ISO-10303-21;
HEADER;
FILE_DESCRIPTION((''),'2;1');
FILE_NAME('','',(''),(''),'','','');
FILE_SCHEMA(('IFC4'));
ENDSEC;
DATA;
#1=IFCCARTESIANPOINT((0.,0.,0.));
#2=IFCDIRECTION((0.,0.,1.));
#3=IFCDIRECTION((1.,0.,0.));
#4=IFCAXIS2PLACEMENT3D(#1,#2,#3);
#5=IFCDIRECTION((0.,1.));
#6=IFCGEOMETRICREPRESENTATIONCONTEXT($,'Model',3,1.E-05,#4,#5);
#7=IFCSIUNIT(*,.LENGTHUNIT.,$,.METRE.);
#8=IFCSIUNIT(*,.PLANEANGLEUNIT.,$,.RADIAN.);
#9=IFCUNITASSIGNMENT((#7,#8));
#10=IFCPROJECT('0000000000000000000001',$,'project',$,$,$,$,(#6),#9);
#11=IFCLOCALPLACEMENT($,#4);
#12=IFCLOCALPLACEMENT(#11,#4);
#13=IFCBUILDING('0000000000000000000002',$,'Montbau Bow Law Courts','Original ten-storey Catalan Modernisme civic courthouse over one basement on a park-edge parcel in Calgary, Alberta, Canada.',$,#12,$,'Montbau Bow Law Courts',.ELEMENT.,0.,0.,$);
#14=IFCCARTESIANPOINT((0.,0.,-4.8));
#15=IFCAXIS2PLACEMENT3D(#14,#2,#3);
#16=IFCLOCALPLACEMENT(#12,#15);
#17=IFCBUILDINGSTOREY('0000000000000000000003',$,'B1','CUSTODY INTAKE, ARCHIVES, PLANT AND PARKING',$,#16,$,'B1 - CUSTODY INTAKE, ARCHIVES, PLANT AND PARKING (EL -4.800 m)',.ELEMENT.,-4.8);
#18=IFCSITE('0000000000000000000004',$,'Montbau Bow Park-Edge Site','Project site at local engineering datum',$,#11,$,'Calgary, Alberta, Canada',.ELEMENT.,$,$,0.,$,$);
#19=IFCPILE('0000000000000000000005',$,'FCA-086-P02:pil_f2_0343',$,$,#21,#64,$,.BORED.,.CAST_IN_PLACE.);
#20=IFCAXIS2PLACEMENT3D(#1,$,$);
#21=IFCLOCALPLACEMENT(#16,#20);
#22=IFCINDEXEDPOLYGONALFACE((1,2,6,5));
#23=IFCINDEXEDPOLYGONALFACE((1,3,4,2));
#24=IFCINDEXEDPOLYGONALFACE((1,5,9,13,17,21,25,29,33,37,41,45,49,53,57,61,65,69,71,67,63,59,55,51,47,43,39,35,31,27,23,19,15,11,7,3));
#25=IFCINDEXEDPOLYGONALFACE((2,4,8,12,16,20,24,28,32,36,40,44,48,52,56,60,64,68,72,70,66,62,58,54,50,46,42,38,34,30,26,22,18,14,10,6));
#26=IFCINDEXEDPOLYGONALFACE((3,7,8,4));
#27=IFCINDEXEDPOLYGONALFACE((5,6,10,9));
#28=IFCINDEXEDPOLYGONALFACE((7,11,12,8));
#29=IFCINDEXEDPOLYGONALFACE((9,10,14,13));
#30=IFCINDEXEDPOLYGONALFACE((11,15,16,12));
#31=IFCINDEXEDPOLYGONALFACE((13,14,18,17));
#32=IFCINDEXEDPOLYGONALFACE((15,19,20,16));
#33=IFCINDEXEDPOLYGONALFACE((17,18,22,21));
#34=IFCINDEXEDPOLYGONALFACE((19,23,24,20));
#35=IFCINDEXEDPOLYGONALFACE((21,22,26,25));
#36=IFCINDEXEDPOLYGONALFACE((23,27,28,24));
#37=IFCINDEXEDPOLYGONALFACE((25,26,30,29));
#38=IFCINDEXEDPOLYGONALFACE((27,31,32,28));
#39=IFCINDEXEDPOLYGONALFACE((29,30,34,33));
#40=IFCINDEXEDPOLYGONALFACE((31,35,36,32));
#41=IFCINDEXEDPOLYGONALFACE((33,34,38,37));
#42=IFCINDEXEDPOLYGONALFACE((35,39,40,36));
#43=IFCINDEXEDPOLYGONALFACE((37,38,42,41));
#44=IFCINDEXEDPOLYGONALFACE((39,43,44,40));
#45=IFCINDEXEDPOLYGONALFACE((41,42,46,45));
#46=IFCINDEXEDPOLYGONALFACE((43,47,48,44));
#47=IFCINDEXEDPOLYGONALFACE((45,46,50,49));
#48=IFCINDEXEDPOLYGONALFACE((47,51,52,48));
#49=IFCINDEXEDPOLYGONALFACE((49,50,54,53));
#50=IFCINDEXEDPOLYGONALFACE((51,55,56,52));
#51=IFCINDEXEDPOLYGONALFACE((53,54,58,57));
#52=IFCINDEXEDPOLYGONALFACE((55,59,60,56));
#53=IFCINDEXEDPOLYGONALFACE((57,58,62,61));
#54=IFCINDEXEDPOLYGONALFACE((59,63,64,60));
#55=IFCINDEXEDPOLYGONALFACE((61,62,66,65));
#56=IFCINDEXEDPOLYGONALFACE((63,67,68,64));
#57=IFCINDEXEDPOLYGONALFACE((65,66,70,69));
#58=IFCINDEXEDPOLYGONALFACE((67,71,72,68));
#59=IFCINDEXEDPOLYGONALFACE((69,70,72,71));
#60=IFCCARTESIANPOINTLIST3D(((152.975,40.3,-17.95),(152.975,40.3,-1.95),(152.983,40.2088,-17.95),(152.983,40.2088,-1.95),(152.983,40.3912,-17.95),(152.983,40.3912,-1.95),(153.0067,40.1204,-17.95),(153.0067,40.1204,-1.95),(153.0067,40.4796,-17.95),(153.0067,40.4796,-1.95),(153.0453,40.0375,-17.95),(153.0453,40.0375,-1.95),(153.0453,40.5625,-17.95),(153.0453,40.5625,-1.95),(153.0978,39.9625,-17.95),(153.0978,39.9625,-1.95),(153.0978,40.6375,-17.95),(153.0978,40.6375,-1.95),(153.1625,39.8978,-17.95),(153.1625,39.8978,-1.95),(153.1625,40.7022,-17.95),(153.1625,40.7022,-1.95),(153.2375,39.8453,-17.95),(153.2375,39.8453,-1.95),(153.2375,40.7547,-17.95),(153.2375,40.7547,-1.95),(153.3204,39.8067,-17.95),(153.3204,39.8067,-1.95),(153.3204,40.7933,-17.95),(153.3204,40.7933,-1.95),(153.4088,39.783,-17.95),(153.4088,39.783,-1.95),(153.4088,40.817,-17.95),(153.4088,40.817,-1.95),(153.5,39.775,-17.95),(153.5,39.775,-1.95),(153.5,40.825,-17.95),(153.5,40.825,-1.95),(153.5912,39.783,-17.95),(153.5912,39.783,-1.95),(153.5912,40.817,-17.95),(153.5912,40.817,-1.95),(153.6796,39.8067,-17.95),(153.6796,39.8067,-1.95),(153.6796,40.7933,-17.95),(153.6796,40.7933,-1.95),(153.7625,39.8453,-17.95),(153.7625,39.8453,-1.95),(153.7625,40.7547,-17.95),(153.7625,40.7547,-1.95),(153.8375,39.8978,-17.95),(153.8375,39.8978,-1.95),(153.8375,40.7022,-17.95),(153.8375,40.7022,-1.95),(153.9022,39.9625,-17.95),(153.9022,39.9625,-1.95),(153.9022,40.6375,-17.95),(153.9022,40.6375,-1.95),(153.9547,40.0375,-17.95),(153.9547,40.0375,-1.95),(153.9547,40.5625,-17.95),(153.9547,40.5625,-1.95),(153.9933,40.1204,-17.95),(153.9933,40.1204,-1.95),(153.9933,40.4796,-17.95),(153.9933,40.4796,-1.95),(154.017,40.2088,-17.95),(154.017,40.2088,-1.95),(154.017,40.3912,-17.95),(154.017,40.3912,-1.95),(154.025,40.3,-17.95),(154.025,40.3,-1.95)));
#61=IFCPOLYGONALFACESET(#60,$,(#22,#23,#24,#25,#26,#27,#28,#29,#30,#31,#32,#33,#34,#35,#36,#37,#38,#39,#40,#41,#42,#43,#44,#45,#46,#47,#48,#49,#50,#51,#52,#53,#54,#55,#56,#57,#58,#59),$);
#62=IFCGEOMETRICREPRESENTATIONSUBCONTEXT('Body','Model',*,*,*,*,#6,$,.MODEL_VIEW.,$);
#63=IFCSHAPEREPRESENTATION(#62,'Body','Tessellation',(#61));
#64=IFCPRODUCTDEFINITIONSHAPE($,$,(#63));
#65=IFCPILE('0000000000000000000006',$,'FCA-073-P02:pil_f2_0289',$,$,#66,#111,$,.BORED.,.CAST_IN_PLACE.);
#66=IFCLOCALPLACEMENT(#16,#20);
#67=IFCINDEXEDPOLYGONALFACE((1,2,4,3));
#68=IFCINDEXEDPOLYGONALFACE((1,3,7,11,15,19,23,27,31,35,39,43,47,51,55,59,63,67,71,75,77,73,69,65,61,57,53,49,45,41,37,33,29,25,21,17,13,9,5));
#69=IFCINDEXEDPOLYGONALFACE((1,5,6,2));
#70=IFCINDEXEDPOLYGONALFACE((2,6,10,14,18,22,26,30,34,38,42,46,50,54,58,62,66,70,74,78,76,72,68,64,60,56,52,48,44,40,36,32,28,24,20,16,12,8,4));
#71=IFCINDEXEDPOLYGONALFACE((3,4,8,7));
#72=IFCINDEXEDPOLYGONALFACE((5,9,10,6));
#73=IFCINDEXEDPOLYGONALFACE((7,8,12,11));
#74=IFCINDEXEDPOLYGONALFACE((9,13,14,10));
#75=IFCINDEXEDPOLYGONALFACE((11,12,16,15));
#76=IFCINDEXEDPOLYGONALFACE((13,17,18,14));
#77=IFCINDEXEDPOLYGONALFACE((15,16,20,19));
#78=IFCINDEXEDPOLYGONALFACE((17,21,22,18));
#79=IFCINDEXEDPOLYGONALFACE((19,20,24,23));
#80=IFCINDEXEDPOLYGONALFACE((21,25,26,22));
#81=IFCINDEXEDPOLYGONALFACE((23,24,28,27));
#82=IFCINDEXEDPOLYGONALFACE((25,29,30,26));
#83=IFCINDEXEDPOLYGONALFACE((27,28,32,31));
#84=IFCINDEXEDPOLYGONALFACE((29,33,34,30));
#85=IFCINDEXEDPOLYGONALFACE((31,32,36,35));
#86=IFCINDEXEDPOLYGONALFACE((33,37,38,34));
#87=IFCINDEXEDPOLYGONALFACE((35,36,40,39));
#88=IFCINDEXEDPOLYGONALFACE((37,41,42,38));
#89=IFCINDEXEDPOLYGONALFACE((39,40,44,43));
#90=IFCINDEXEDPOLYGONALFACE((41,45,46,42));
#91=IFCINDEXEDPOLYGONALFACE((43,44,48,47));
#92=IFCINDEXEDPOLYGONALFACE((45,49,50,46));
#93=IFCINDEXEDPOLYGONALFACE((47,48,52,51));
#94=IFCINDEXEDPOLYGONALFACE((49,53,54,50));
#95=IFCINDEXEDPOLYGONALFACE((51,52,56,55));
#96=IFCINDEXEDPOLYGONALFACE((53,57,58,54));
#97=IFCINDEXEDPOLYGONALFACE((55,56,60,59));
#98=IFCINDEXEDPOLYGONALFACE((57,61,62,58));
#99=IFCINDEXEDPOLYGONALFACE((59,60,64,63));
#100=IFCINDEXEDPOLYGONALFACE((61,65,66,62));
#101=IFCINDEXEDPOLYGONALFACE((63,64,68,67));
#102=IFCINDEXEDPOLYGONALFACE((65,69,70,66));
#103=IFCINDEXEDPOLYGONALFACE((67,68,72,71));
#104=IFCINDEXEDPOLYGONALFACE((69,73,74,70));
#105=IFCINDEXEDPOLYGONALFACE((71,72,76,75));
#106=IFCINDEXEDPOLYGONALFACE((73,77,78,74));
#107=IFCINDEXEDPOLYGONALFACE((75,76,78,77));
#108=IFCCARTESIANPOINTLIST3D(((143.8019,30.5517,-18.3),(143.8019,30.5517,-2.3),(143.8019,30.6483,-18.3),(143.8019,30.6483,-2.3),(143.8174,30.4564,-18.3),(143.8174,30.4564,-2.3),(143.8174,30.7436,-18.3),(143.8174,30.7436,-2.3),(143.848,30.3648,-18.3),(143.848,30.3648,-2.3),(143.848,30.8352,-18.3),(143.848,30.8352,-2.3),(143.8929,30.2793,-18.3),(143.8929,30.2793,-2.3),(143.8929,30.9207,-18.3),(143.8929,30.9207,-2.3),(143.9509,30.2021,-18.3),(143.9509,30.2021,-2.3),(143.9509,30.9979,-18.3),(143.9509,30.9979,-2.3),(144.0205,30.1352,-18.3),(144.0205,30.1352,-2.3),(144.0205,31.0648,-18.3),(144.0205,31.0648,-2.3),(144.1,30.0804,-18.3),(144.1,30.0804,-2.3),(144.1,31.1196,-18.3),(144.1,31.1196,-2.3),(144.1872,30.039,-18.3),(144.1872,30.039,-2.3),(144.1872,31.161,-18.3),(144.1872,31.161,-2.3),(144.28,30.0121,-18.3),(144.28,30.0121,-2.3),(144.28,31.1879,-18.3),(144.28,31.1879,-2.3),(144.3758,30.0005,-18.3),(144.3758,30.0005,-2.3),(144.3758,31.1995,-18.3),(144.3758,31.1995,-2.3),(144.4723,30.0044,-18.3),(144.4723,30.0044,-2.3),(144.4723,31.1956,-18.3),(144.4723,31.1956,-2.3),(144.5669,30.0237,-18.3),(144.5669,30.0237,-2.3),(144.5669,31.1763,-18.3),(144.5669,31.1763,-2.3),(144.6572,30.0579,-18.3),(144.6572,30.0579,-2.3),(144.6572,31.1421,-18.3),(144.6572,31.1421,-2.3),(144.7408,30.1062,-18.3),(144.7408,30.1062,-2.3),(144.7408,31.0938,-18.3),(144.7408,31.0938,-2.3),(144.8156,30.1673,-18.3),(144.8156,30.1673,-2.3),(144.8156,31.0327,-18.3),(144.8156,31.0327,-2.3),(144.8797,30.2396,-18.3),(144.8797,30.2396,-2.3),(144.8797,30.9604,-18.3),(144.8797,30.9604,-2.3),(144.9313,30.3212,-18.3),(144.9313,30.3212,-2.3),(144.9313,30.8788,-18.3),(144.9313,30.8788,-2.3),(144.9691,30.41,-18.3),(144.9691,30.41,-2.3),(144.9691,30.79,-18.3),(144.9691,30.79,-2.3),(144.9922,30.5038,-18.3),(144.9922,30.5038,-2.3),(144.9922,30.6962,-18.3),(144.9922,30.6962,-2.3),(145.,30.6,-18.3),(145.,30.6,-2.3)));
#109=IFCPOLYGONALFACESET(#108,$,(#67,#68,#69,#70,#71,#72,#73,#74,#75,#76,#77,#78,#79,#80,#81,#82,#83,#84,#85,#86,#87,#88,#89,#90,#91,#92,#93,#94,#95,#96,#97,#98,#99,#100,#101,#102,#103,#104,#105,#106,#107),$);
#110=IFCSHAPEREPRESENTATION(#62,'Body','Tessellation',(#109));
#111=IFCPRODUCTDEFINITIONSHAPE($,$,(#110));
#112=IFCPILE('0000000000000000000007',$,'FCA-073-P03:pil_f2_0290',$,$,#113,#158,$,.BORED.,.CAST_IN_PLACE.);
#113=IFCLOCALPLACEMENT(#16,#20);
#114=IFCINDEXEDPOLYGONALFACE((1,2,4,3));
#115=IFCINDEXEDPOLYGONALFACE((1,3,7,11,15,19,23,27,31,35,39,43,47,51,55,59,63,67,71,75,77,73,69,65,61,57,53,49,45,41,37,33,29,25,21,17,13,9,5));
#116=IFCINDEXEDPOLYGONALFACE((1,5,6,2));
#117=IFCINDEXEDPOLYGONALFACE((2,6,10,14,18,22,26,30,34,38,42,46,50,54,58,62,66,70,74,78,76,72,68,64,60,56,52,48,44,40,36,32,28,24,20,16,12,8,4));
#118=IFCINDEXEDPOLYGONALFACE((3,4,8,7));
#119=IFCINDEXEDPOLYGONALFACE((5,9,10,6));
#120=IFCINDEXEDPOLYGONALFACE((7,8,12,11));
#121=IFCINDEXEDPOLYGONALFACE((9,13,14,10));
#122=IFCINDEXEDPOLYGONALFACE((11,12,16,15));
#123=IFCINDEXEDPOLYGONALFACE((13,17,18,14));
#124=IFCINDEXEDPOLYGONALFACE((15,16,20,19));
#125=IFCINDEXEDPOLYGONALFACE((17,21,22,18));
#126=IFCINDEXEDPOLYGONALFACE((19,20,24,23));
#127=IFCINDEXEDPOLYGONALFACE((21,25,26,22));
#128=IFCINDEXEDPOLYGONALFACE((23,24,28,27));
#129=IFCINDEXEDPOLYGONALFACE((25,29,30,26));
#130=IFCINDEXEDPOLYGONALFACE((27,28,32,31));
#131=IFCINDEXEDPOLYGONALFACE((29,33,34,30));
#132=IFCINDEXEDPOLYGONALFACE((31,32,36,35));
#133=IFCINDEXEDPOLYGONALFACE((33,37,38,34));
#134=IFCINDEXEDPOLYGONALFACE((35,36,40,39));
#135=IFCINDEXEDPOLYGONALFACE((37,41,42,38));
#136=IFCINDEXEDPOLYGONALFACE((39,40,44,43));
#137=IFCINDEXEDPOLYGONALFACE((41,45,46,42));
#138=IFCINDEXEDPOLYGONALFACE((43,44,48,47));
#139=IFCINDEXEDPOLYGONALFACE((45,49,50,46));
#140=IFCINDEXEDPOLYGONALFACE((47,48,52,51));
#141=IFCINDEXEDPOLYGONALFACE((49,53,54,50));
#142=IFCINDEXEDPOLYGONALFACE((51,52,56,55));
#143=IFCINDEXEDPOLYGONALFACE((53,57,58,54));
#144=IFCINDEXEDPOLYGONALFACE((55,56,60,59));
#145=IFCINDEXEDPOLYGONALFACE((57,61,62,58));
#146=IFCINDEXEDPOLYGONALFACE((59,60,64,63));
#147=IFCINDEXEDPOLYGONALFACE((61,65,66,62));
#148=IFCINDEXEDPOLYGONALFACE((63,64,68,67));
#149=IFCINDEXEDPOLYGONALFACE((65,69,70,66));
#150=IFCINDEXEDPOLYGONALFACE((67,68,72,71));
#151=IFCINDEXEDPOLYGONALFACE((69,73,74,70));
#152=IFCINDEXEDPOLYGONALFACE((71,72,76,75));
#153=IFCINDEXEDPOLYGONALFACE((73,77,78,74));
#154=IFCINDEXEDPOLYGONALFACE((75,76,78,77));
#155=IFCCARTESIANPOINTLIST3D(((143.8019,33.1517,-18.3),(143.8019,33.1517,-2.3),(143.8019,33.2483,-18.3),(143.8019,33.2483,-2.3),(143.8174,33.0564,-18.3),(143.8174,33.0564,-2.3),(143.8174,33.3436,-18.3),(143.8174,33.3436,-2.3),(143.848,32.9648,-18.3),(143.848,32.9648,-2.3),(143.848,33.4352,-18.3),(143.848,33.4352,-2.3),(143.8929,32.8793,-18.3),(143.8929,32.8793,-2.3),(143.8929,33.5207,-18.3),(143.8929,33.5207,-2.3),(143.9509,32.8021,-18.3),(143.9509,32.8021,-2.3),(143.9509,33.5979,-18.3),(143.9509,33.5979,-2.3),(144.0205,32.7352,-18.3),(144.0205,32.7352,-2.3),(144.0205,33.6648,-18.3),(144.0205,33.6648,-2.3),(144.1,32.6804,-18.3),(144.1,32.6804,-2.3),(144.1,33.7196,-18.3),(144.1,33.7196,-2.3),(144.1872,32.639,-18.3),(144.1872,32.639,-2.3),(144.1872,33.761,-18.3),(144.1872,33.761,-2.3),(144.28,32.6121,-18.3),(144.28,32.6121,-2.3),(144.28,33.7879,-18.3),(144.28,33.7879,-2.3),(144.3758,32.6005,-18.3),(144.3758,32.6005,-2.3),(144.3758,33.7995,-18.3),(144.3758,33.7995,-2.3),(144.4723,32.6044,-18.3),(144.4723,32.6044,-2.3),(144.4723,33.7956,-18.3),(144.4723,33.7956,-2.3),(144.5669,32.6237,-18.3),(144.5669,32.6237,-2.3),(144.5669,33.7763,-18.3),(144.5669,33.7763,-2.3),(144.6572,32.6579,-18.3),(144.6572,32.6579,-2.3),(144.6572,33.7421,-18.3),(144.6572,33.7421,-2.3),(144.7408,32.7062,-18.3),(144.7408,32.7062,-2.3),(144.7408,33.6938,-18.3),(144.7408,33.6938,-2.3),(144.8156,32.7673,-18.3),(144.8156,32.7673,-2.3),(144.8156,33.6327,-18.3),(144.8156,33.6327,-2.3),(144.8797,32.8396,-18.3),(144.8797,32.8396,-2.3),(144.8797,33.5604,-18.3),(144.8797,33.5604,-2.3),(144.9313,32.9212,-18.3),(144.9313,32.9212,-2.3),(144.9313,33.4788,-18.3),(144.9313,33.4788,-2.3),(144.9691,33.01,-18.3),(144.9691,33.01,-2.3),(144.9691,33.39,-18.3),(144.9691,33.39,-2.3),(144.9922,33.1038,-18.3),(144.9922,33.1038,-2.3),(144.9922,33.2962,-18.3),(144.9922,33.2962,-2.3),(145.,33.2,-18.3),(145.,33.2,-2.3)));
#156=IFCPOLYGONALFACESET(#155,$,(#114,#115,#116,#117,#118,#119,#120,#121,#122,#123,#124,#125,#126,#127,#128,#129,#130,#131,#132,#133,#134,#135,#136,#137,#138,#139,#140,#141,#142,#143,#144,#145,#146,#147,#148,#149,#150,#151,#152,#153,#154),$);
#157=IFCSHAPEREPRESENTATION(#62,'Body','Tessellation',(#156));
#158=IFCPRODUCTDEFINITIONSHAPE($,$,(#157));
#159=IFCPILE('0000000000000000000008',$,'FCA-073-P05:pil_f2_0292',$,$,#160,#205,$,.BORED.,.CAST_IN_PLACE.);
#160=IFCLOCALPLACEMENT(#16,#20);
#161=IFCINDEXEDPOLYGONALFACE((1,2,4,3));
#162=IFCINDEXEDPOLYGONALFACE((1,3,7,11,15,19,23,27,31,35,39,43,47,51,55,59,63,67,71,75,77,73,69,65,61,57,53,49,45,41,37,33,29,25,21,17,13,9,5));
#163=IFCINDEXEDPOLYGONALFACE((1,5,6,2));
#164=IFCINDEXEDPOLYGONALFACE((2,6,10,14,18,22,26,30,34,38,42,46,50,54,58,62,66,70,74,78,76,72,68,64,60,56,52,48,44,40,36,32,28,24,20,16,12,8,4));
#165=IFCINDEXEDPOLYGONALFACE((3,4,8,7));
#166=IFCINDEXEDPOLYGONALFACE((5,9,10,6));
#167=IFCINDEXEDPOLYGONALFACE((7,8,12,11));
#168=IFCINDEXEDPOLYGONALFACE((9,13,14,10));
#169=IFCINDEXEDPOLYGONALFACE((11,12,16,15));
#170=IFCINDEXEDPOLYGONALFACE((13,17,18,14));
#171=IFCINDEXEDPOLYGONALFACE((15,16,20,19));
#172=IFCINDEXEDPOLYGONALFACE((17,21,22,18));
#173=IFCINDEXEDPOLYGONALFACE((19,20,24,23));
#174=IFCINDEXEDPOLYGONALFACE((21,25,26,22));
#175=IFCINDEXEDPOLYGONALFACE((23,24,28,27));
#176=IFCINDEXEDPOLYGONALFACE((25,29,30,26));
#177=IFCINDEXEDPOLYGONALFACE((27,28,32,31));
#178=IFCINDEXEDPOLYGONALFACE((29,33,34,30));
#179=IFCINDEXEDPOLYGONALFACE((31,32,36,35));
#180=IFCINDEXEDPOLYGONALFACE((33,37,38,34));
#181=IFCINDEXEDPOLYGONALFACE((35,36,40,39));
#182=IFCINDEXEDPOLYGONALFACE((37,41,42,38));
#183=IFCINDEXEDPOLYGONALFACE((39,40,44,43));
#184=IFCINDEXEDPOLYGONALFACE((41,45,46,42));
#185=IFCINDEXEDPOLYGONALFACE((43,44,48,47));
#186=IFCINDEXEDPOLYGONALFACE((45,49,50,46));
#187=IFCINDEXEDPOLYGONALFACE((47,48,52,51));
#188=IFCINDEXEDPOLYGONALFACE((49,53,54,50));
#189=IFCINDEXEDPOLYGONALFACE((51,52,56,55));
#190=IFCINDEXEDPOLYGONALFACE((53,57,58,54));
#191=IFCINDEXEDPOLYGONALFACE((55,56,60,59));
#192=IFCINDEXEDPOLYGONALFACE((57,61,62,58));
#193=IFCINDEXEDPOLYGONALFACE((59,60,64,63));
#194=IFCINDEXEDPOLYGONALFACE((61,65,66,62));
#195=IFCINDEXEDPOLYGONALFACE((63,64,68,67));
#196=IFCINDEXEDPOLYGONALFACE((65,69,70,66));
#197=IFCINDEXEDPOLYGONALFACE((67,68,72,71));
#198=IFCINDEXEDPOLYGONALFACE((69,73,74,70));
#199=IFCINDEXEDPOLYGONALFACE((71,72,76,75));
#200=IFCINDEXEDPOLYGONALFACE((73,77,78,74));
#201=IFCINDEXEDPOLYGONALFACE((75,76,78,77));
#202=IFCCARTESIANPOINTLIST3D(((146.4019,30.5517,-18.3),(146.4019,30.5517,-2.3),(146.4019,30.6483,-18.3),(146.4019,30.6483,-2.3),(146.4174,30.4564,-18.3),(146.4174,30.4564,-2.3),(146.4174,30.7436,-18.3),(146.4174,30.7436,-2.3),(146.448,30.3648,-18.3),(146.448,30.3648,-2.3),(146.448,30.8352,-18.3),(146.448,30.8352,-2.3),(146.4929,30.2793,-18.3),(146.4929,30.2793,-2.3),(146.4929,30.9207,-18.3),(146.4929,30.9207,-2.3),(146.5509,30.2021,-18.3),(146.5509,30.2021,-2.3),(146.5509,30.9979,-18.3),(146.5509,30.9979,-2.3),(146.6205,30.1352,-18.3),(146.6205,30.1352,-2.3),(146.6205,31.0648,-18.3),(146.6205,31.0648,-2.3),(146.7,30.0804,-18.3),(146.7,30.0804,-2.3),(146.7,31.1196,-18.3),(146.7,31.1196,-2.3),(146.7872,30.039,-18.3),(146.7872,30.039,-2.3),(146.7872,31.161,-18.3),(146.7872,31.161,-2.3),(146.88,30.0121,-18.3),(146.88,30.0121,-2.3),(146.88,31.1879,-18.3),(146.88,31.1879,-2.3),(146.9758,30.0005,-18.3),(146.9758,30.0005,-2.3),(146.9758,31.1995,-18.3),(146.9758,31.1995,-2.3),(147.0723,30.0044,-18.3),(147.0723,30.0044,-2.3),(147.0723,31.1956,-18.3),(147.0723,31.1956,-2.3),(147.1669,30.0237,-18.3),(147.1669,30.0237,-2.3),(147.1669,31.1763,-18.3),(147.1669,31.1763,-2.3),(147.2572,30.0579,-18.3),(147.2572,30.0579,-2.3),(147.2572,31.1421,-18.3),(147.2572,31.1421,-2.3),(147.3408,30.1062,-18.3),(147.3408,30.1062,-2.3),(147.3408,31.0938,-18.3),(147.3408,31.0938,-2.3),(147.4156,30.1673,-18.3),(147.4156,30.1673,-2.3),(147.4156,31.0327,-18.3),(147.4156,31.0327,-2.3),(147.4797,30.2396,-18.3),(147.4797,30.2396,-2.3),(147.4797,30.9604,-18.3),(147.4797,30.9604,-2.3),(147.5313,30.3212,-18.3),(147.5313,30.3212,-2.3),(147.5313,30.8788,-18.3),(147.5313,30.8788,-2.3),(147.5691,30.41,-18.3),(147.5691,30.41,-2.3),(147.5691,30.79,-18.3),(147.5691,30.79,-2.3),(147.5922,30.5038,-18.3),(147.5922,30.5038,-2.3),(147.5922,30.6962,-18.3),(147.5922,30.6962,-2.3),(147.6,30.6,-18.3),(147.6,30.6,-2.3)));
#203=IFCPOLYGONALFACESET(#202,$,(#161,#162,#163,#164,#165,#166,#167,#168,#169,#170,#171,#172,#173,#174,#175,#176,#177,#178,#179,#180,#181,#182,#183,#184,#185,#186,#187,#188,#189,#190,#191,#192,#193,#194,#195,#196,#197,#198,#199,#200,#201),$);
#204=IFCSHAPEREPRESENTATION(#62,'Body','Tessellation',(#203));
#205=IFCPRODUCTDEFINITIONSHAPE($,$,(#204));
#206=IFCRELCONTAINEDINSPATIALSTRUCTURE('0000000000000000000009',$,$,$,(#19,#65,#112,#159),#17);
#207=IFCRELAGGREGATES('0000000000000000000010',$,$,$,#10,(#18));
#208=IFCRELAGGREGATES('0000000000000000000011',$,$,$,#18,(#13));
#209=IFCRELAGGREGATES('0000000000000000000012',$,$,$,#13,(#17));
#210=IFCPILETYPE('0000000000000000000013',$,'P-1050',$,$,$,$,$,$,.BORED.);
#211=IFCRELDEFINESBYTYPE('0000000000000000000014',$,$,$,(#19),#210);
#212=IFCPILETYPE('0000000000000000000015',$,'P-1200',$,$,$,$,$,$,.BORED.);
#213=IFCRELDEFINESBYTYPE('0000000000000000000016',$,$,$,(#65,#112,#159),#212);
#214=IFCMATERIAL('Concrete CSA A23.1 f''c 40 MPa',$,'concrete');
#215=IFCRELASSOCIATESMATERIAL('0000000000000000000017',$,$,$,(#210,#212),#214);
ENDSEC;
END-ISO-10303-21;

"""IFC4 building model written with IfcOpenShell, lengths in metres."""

from ifc_helpers import new_model, si_unit, direction, frame, origin_with_axes, origin_2d_with_axis, place, context, subcontext, project, spatial, circle, extrude, material, material_profile, profile_set, type_object, element, save


model = new_model("IFC4")

# Units and contexts
model_context = context("Model", 3, precision=1e-05, world=origin_with_axes(), true_north=direction((0.0, 1.0)))
body_context = subcontext(model_context, "Body", "Model", "MODEL_VIEW")
ifc_project = project(units=[si_unit("LENGTHUNIT", "METRE"), si_unit("PLANEANGLEUNIT", "RADIAN")], contexts=[model_context])

# Site, building, storey
site_placement = place(None, origin_with_axes())
site = spatial("IfcSite", under=ifc_project, at=site_placement, Name="Montbau Bow Park-Edge Site", Description="Project site at local engineering datum", LongName="Calgary, Alberta, Canada", CompositionType="ELEMENT", RefElevation=0.0)
building_placement = place(site_placement, origin_with_axes())
building = spatial("IfcBuilding", under=site, at=building_placement, Name="Montbau Bow Law Courts", Description="Original ten-storey Catalan Modernisme civic courthouse over one basement on a park-edge parcel in Calgary, Alberta, Canada.", LongName="Montbau Bow Law Courts", CompositionType="ELEMENT", ElevationOfRefHeight=0.0, ElevationOfTerrain=0.0)
storey_placement = place(building_placement, frame((0.0, 0.0, -4.8), z_axis=(0.0, 0.0, 1.0), x_axis=(1.0, 0.0, 0.0)))
storey = spatial("IfcBuildingStorey", under=building, at=storey_placement, Name="B1", Description="CUSTODY INTAKE, ARCHIVES, PLANT AND PARKING", LongName="B1 - CUSTODY INTAKE, ARCHIVES, PLANT AND PARKING (EL -4.800 m)", CompositionType="ELEMENT", Elevation=-4.8)

# Piles
ifc_material_1 = material(Name="Concrete CSA A23.1 f'c 40 MPa", Category="concrete")
ifc_material_profile_1 = material_profile(ifc_material_1, circle(Radius=0.525, at=origin_2d_with_axis()), Name="BP1050", Category="Main", Priority=0)
ifc_profile_set_1 = profile_set([ifc_material_profile_1], Name="Concrete CSA A23.1 f'c 40 MPa")
pile_type_1 = type_object("IfcPileType", Name="P-1050", PredefinedType="BORED", material=ifc_profile_set_1)
for number, where, z_axis, x_axis, name in (
    (1, (153.5, 40.3, -22.75), (0.0, 0.0, 1.0), (1.0, 0.0, 0.0), "FCA-086-P02:pil_f2_0343"),
):
    element("IfcPile", number, at=place(None, frame(where, z_axis=z_axis, x_axis=x_axis)), inside=storey, type_object=pile_type_1, Name=name, ConstructionType="CAST_IN_PLACE", PredefinedType="BORED", context=body_context, shape_type="SweptSolid", body=[
        extrude(circle(Radius=0.525, at=origin_2d_with_axis()), origin_with_axes(), (0.0, 0.0, 1.0), 16.0),
    ])
ifc_material_profile_2 = material_profile(ifc_material_1, circle(Radius=0.6, at=origin_2d_with_axis()), Name="BP1200", Category="Main", Priority=0)
ifc_profile_set_2 = profile_set([ifc_material_profile_2], Name="Concrete CSA A23.1 f'c 40 MPa")
pile_type_2 = type_object("IfcPileType", Name="P-1200", PredefinedType="BORED", material=ifc_profile_set_2)
for number, where, z_axis, x_axis, name in (
    (2, (144.4, 30.6, -23.1), (0.0, 0.0, 1.0), (1.0, 0.0, 0.0), "FCA-073-P02:pil_f2_0289"),
    (3, (144.4, 33.2, -23.1), (0.0, 0.0, 1.0), (1.0, 0.0, 0.0), "FCA-073-P03:pil_f2_0290"),
    (4, (147.0, 30.6, -23.1), (0.0, 0.0, 1.0), (1.0, 0.0, 0.0), "FCA-073-P05:pil_f2_0292"),
):
    element("IfcPile", number, at=place(None, frame(where, z_axis=z_axis, x_axis=x_axis)), inside=storey, type_object=pile_type_2, Name=name, ConstructionType="CAST_IN_PLACE", PredefinedType="BORED", context=body_context, shape_type="SweptSolid", body=[
        extrude(circle(Radius=0.6, at=origin_2d_with_axis()), origin_with_axes(), (0.0, 0.0, 1.0), 16.0),
    ])

save(model, "model.ifc")
